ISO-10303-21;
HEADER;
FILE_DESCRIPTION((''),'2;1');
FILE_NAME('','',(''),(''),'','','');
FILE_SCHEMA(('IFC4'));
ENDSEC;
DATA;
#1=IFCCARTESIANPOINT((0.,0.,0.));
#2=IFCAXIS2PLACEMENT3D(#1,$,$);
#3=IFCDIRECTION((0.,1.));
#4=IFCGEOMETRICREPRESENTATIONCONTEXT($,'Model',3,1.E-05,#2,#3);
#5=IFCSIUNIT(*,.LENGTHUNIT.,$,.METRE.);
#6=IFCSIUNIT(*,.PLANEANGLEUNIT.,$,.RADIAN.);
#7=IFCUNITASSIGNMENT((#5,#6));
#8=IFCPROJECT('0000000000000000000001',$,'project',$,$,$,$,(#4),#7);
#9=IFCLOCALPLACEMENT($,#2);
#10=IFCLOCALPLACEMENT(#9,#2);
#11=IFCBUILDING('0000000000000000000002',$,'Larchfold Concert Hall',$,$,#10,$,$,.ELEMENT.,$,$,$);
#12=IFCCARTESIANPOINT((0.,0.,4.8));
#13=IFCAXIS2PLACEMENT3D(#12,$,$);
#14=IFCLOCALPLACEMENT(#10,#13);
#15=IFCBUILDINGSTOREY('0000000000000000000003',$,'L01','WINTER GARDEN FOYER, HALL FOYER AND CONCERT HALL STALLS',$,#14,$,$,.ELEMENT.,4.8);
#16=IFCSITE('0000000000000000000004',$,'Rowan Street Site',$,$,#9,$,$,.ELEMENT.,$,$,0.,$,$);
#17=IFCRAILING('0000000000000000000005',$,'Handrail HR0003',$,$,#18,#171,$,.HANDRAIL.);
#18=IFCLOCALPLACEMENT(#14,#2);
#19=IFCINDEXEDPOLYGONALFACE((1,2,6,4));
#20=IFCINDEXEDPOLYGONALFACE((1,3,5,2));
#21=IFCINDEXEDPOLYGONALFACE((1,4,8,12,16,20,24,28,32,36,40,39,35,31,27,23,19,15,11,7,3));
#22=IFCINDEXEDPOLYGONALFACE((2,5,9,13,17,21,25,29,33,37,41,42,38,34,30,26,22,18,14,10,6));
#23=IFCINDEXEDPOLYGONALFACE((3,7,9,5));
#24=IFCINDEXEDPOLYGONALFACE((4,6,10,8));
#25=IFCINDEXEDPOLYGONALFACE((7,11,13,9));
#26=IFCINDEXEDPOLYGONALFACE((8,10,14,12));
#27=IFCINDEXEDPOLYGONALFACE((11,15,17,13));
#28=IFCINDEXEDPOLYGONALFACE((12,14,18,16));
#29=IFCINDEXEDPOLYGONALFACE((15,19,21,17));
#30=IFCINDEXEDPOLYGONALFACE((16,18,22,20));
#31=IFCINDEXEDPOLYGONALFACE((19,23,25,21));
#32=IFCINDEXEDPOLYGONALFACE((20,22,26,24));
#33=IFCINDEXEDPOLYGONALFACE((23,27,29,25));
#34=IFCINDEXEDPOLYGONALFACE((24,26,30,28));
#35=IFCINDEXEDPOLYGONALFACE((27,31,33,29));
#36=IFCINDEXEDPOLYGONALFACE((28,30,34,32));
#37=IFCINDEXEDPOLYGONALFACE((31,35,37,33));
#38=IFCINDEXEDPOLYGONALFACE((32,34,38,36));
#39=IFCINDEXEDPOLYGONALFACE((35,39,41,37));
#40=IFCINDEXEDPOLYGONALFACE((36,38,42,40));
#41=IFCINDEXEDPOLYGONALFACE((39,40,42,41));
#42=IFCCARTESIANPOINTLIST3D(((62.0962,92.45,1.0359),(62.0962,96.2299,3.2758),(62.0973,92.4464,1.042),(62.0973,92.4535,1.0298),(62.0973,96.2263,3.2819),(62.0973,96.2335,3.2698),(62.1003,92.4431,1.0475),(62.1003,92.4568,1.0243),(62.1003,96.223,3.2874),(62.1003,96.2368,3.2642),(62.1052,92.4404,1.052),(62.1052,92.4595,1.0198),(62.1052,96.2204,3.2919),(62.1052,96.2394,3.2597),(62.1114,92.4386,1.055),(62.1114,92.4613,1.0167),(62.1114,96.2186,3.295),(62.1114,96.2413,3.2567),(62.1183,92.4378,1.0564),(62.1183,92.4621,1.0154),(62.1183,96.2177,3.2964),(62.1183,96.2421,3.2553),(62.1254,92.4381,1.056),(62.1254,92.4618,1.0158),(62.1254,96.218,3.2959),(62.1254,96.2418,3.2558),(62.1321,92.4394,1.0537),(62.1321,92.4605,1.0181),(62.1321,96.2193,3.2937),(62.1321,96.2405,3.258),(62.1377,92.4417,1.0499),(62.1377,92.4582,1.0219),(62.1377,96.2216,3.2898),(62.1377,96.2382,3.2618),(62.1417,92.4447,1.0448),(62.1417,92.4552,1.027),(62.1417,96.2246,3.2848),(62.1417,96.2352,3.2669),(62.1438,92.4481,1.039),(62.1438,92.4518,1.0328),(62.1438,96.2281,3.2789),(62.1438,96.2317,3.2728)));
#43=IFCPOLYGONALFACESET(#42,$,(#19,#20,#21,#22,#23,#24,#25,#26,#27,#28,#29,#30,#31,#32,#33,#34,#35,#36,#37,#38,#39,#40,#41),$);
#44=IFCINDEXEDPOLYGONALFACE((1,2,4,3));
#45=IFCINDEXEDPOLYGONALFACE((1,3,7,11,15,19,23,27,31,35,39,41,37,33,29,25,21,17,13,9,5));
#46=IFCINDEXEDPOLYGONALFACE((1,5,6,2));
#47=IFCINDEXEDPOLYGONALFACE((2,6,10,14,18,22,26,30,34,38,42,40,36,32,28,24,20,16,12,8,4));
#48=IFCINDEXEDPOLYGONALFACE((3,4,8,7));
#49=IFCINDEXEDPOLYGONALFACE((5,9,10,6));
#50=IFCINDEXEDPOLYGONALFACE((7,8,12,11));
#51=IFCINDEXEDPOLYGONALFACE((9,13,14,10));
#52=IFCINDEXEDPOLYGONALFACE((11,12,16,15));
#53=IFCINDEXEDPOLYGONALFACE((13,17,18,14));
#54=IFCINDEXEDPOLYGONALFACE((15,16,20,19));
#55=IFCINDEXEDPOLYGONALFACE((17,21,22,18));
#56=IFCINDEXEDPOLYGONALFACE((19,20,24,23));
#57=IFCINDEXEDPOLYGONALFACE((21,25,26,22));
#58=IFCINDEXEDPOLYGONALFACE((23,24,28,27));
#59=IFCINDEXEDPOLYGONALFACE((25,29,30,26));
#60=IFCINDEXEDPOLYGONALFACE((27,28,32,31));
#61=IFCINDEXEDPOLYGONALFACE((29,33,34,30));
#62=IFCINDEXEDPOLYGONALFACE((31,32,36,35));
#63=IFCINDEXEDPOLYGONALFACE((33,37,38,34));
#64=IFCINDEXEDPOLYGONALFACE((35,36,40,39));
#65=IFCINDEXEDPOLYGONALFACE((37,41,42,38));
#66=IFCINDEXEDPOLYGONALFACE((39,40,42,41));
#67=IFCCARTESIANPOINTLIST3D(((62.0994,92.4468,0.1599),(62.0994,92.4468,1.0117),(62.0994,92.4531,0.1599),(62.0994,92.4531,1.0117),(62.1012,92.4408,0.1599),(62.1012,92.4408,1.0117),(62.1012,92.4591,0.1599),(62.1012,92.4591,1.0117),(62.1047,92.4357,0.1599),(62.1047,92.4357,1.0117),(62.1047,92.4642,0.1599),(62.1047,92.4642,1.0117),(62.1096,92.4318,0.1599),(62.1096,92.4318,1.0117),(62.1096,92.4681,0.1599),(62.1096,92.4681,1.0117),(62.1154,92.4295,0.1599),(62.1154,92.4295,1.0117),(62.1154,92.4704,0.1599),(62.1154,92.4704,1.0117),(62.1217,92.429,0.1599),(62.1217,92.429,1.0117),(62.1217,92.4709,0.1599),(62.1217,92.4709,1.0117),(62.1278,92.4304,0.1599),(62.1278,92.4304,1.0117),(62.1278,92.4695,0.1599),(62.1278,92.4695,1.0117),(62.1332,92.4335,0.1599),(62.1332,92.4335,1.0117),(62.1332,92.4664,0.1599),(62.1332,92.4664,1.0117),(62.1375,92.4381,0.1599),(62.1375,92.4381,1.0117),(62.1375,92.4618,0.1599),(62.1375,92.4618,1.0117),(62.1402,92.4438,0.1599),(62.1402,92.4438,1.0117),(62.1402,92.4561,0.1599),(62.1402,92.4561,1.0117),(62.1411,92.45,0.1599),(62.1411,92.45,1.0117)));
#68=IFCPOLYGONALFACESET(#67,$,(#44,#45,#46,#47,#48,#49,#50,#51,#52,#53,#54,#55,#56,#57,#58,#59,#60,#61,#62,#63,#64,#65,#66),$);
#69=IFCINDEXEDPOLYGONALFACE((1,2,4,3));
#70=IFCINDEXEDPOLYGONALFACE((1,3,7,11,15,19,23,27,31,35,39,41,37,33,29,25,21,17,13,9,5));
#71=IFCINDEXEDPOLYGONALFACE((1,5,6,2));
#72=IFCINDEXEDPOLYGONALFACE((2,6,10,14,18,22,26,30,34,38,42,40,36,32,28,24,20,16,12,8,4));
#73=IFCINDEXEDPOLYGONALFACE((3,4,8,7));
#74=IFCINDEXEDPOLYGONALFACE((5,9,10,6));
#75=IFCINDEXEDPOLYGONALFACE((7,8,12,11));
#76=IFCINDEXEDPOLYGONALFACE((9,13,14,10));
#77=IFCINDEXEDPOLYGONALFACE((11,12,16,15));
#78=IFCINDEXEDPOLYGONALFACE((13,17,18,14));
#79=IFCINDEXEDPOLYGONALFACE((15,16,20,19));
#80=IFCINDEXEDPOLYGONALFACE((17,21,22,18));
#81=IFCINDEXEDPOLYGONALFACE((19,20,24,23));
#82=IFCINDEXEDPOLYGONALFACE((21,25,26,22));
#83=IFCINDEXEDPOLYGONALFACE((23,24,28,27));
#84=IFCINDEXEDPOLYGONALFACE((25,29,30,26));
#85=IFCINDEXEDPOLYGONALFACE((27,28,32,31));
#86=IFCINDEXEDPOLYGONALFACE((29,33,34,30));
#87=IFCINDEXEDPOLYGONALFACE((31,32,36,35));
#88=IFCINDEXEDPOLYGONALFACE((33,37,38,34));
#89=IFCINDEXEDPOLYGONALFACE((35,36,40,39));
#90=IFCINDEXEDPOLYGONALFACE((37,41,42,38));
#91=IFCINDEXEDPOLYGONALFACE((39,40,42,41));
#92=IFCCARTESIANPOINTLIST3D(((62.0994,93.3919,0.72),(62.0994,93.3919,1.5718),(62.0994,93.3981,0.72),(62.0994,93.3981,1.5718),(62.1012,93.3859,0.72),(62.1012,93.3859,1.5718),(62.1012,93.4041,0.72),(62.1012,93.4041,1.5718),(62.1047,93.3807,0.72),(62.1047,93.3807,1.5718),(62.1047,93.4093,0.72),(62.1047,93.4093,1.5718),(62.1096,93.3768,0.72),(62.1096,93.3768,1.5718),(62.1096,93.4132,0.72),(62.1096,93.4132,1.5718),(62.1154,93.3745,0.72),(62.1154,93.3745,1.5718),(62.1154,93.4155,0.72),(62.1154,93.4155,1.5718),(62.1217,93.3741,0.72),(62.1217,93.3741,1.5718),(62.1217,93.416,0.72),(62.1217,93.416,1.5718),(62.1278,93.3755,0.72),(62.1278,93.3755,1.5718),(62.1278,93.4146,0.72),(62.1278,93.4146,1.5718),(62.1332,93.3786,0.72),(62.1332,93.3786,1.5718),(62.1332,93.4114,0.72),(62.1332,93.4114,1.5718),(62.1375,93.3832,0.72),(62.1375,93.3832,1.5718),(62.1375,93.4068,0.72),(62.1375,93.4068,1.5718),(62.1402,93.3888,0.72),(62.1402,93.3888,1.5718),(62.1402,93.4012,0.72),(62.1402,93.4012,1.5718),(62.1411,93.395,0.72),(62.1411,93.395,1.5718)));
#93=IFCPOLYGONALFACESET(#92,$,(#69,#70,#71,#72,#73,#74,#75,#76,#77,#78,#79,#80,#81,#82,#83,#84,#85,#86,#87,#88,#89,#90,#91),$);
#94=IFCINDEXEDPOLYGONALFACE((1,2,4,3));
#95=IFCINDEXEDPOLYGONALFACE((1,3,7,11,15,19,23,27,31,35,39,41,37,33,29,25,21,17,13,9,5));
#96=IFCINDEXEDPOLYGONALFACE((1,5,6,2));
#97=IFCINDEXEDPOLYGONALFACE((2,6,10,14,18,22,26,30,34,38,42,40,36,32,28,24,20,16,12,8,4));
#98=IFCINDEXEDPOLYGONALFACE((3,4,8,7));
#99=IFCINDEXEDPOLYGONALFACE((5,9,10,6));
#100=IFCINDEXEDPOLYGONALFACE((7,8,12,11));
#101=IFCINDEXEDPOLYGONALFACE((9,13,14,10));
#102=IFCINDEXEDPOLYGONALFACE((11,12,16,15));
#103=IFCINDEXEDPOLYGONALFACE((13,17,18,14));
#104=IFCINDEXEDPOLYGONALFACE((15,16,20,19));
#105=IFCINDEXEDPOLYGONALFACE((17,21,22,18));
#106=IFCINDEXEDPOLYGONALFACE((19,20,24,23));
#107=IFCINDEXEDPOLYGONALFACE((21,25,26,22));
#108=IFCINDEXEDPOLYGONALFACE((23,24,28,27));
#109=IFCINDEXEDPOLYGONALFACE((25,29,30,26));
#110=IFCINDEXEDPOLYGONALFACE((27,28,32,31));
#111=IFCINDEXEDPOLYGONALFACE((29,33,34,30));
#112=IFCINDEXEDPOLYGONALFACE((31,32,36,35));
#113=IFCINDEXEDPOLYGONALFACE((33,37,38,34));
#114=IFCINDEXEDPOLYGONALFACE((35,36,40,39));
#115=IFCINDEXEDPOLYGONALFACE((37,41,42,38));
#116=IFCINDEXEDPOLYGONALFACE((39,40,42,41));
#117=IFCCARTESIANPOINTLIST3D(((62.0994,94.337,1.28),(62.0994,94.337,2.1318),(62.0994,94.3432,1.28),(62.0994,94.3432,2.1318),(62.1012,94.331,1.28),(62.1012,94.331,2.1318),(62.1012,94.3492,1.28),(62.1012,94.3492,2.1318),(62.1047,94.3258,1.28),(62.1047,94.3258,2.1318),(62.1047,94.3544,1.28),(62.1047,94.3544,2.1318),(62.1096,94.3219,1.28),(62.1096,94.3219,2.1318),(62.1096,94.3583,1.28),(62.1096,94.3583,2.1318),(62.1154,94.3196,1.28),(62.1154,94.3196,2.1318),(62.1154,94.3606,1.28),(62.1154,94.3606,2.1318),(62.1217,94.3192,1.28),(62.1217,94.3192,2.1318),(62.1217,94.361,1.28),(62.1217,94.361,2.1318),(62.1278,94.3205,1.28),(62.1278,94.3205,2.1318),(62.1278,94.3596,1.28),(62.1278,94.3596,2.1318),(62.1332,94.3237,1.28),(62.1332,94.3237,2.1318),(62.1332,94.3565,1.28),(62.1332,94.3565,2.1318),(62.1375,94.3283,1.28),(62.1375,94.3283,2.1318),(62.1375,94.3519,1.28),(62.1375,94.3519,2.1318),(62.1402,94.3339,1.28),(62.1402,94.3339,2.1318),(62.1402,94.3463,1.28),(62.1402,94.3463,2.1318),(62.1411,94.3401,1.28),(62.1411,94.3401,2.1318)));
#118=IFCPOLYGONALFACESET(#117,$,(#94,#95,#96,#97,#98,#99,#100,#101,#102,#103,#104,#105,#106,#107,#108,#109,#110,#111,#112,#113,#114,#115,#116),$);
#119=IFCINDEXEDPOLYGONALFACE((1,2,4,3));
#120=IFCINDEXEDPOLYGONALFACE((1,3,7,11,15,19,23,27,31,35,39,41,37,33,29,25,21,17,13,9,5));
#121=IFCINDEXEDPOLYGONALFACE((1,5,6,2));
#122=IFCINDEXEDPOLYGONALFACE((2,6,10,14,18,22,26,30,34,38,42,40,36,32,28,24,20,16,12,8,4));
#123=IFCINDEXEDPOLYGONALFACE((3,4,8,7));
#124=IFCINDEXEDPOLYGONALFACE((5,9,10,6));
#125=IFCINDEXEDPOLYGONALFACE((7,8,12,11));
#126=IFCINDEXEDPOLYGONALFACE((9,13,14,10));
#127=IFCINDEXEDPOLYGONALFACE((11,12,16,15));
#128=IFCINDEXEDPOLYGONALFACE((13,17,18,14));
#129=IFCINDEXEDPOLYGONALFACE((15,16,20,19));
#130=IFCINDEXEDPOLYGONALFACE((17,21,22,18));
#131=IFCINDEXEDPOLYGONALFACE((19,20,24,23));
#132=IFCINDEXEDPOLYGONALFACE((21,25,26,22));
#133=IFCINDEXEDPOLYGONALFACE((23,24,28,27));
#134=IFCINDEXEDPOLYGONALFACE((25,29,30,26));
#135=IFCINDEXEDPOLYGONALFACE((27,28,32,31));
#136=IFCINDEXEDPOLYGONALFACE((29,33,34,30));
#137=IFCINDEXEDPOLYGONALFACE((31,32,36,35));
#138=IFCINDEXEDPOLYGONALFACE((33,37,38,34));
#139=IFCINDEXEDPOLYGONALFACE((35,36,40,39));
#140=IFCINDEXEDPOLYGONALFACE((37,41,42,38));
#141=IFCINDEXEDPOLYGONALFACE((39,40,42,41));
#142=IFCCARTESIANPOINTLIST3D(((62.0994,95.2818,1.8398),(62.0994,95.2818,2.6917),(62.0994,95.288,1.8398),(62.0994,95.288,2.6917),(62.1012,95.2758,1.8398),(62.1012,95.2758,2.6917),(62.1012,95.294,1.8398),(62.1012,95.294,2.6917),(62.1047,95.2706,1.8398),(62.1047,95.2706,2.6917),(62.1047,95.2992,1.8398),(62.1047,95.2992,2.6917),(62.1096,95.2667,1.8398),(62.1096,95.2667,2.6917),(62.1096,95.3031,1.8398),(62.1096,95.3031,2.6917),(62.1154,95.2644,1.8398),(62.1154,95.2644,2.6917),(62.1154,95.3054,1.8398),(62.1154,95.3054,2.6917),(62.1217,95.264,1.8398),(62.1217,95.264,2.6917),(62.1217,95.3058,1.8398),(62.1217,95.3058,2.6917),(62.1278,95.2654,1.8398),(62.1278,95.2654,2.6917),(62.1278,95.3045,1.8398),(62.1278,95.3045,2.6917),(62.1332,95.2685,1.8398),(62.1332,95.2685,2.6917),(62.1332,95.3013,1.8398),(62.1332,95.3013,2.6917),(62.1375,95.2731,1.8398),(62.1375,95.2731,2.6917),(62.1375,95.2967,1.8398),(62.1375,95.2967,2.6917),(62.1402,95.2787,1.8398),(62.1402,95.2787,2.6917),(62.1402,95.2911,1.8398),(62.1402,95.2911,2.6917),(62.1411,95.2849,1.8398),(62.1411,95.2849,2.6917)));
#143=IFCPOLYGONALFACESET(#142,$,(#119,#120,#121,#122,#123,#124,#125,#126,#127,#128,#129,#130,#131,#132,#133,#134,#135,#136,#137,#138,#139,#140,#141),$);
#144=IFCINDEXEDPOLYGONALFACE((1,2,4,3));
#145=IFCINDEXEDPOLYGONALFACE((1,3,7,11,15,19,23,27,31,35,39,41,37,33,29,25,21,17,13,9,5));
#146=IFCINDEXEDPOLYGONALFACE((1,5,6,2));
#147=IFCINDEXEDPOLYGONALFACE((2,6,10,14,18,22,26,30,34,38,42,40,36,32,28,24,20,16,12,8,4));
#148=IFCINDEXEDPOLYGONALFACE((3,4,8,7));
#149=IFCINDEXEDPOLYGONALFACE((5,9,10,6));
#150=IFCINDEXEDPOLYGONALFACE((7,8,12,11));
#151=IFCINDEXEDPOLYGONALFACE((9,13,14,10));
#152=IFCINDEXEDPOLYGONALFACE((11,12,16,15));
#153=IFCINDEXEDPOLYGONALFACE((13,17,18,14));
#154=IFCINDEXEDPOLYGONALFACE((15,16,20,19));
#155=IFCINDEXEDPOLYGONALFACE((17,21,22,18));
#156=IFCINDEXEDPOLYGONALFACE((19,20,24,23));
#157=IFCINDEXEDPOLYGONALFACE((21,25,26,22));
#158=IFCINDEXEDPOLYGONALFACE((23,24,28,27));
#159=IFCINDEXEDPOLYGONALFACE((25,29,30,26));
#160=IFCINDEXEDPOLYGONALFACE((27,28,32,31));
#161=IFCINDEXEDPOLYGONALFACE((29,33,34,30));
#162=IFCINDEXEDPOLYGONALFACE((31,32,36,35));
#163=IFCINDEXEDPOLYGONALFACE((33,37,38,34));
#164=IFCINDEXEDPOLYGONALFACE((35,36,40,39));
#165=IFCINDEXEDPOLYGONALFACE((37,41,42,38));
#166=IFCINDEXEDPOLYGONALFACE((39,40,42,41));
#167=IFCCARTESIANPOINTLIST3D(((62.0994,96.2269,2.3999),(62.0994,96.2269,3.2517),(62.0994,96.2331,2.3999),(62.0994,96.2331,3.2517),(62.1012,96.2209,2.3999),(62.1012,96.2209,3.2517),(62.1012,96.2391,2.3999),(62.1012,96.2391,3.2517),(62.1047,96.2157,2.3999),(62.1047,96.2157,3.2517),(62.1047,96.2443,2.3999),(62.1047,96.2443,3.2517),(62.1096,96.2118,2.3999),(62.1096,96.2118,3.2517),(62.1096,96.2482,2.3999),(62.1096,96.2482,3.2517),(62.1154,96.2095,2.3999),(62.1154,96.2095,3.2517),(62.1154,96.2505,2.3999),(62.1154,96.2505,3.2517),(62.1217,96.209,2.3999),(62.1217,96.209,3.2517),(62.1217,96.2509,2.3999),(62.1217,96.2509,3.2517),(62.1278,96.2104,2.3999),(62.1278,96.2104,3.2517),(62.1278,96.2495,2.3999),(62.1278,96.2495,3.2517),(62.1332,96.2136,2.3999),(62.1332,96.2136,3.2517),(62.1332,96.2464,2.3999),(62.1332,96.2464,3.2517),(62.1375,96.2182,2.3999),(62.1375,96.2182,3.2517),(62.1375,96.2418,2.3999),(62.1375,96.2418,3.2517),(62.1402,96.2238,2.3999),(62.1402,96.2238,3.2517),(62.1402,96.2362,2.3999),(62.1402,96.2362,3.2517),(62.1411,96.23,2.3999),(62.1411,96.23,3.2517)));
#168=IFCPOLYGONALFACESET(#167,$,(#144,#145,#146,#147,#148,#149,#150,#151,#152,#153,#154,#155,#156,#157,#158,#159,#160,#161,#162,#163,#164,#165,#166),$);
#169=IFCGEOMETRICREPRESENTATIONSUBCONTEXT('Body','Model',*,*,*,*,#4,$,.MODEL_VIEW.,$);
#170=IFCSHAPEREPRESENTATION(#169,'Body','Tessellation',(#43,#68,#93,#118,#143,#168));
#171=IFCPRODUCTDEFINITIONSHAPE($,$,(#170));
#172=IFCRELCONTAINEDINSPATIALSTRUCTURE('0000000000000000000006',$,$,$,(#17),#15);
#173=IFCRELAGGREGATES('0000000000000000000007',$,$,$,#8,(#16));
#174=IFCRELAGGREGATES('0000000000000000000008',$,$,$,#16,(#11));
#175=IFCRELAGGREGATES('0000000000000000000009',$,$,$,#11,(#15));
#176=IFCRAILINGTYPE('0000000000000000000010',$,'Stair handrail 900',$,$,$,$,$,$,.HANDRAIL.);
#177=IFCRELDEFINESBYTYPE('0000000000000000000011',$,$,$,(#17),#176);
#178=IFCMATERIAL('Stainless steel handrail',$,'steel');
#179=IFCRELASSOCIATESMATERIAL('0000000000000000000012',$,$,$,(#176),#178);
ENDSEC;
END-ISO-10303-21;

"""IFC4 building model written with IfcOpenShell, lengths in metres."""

from ifc_helpers import new_model, si_unit, direction, frame, origin, origin_2d, place, context, subcontext, project, spatial, circle, extrude, material, type_object, element, save


model = new_model("IFC4")

# Units and contexts
model_context = context("Model", 3, precision=1e-05, world=origin(), true_north=direction((0.0, 1.0)))
body_context = subcontext(model_context, "Body", "Model", "MODEL_VIEW")
ifc_project = project(units=[si_unit("LENGTHUNIT", "METRE"), si_unit("PLANEANGLEUNIT", "RADIAN")], contexts=[model_context])

# Site, building, storey
site_placement = place(None, origin())
site = spatial("IfcSite", under=ifc_project, at=site_placement, Name="Rowan Street Site", CompositionType="ELEMENT", RefElevation=0.0)
building_placement = place(site_placement, origin())
building = spatial("IfcBuilding", under=site, at=building_placement, Name="Larchfold Concert Hall", CompositionType="ELEMENT")
storey_placement = place(building_placement, frame((0.0, 0.0, 4.8)))
storey = spatial("IfcBuildingStorey", under=building, at=storey_placement, Name="L01", Description="WINTER GARDEN FOYER, HALL FOYER AND CONCERT HALL STALLS", CompositionType="ELEMENT", Elevation=4.8)

# Railing
ifc_material_1 = material(Name="Stainless steel handrail", Category="steel")
railing_type_1 = type_object("IfcRailingType", Name="Stair handrail 900", PredefinedType="HANDRAIL", material=ifc_material_1)
railing_1_placement = place(storey_placement, frame((62.1201, 92.45, 0.1599)))
element("IfcRailing", 1, at=railing_1_placement, inside=storey, type_object=railing_type_1, Name="Handrail HR0003", PredefinedType="HANDRAIL", context=body_context, shape_type="SweptSolid", body=[
    extrude(circle(Radius=0.0239, at=origin_2d()), frame((0.0, 0.0, 0.876), z_axis=(0.0, 0.860294, 0.509798), x_axis=(-1.0, 0.0, 0.0)), (0.0, 0.0, 1.0), 4.3938),
    extrude(circle(Radius=0.021, at=origin_2d()), origin(), (0.0, 0.0, 1.0), 0.8518),
    extrude(circle(Radius=0.021, at=origin_2d()), frame((0.0, 0.9451, 0.5601)), (0.0, 0.0, 1.0), 0.8518),
    extrude(circle(Radius=0.021, at=origin_2d()), frame((0.0, 1.8901, 1.1201)), (0.0, 0.0, 1.0), 0.8518),
    extrude(circle(Radius=0.021, at=origin_2d()), frame((0.0, 2.835, 1.6799)), (0.0, 0.0, 1.0), 0.8518),
    extrude(circle(Radius=0.021, at=origin_2d()), frame((0.0, 3.78, 2.24)), (0.0, 0.0, 1.0), 0.8518),
])

save(model, "model.ifc")
